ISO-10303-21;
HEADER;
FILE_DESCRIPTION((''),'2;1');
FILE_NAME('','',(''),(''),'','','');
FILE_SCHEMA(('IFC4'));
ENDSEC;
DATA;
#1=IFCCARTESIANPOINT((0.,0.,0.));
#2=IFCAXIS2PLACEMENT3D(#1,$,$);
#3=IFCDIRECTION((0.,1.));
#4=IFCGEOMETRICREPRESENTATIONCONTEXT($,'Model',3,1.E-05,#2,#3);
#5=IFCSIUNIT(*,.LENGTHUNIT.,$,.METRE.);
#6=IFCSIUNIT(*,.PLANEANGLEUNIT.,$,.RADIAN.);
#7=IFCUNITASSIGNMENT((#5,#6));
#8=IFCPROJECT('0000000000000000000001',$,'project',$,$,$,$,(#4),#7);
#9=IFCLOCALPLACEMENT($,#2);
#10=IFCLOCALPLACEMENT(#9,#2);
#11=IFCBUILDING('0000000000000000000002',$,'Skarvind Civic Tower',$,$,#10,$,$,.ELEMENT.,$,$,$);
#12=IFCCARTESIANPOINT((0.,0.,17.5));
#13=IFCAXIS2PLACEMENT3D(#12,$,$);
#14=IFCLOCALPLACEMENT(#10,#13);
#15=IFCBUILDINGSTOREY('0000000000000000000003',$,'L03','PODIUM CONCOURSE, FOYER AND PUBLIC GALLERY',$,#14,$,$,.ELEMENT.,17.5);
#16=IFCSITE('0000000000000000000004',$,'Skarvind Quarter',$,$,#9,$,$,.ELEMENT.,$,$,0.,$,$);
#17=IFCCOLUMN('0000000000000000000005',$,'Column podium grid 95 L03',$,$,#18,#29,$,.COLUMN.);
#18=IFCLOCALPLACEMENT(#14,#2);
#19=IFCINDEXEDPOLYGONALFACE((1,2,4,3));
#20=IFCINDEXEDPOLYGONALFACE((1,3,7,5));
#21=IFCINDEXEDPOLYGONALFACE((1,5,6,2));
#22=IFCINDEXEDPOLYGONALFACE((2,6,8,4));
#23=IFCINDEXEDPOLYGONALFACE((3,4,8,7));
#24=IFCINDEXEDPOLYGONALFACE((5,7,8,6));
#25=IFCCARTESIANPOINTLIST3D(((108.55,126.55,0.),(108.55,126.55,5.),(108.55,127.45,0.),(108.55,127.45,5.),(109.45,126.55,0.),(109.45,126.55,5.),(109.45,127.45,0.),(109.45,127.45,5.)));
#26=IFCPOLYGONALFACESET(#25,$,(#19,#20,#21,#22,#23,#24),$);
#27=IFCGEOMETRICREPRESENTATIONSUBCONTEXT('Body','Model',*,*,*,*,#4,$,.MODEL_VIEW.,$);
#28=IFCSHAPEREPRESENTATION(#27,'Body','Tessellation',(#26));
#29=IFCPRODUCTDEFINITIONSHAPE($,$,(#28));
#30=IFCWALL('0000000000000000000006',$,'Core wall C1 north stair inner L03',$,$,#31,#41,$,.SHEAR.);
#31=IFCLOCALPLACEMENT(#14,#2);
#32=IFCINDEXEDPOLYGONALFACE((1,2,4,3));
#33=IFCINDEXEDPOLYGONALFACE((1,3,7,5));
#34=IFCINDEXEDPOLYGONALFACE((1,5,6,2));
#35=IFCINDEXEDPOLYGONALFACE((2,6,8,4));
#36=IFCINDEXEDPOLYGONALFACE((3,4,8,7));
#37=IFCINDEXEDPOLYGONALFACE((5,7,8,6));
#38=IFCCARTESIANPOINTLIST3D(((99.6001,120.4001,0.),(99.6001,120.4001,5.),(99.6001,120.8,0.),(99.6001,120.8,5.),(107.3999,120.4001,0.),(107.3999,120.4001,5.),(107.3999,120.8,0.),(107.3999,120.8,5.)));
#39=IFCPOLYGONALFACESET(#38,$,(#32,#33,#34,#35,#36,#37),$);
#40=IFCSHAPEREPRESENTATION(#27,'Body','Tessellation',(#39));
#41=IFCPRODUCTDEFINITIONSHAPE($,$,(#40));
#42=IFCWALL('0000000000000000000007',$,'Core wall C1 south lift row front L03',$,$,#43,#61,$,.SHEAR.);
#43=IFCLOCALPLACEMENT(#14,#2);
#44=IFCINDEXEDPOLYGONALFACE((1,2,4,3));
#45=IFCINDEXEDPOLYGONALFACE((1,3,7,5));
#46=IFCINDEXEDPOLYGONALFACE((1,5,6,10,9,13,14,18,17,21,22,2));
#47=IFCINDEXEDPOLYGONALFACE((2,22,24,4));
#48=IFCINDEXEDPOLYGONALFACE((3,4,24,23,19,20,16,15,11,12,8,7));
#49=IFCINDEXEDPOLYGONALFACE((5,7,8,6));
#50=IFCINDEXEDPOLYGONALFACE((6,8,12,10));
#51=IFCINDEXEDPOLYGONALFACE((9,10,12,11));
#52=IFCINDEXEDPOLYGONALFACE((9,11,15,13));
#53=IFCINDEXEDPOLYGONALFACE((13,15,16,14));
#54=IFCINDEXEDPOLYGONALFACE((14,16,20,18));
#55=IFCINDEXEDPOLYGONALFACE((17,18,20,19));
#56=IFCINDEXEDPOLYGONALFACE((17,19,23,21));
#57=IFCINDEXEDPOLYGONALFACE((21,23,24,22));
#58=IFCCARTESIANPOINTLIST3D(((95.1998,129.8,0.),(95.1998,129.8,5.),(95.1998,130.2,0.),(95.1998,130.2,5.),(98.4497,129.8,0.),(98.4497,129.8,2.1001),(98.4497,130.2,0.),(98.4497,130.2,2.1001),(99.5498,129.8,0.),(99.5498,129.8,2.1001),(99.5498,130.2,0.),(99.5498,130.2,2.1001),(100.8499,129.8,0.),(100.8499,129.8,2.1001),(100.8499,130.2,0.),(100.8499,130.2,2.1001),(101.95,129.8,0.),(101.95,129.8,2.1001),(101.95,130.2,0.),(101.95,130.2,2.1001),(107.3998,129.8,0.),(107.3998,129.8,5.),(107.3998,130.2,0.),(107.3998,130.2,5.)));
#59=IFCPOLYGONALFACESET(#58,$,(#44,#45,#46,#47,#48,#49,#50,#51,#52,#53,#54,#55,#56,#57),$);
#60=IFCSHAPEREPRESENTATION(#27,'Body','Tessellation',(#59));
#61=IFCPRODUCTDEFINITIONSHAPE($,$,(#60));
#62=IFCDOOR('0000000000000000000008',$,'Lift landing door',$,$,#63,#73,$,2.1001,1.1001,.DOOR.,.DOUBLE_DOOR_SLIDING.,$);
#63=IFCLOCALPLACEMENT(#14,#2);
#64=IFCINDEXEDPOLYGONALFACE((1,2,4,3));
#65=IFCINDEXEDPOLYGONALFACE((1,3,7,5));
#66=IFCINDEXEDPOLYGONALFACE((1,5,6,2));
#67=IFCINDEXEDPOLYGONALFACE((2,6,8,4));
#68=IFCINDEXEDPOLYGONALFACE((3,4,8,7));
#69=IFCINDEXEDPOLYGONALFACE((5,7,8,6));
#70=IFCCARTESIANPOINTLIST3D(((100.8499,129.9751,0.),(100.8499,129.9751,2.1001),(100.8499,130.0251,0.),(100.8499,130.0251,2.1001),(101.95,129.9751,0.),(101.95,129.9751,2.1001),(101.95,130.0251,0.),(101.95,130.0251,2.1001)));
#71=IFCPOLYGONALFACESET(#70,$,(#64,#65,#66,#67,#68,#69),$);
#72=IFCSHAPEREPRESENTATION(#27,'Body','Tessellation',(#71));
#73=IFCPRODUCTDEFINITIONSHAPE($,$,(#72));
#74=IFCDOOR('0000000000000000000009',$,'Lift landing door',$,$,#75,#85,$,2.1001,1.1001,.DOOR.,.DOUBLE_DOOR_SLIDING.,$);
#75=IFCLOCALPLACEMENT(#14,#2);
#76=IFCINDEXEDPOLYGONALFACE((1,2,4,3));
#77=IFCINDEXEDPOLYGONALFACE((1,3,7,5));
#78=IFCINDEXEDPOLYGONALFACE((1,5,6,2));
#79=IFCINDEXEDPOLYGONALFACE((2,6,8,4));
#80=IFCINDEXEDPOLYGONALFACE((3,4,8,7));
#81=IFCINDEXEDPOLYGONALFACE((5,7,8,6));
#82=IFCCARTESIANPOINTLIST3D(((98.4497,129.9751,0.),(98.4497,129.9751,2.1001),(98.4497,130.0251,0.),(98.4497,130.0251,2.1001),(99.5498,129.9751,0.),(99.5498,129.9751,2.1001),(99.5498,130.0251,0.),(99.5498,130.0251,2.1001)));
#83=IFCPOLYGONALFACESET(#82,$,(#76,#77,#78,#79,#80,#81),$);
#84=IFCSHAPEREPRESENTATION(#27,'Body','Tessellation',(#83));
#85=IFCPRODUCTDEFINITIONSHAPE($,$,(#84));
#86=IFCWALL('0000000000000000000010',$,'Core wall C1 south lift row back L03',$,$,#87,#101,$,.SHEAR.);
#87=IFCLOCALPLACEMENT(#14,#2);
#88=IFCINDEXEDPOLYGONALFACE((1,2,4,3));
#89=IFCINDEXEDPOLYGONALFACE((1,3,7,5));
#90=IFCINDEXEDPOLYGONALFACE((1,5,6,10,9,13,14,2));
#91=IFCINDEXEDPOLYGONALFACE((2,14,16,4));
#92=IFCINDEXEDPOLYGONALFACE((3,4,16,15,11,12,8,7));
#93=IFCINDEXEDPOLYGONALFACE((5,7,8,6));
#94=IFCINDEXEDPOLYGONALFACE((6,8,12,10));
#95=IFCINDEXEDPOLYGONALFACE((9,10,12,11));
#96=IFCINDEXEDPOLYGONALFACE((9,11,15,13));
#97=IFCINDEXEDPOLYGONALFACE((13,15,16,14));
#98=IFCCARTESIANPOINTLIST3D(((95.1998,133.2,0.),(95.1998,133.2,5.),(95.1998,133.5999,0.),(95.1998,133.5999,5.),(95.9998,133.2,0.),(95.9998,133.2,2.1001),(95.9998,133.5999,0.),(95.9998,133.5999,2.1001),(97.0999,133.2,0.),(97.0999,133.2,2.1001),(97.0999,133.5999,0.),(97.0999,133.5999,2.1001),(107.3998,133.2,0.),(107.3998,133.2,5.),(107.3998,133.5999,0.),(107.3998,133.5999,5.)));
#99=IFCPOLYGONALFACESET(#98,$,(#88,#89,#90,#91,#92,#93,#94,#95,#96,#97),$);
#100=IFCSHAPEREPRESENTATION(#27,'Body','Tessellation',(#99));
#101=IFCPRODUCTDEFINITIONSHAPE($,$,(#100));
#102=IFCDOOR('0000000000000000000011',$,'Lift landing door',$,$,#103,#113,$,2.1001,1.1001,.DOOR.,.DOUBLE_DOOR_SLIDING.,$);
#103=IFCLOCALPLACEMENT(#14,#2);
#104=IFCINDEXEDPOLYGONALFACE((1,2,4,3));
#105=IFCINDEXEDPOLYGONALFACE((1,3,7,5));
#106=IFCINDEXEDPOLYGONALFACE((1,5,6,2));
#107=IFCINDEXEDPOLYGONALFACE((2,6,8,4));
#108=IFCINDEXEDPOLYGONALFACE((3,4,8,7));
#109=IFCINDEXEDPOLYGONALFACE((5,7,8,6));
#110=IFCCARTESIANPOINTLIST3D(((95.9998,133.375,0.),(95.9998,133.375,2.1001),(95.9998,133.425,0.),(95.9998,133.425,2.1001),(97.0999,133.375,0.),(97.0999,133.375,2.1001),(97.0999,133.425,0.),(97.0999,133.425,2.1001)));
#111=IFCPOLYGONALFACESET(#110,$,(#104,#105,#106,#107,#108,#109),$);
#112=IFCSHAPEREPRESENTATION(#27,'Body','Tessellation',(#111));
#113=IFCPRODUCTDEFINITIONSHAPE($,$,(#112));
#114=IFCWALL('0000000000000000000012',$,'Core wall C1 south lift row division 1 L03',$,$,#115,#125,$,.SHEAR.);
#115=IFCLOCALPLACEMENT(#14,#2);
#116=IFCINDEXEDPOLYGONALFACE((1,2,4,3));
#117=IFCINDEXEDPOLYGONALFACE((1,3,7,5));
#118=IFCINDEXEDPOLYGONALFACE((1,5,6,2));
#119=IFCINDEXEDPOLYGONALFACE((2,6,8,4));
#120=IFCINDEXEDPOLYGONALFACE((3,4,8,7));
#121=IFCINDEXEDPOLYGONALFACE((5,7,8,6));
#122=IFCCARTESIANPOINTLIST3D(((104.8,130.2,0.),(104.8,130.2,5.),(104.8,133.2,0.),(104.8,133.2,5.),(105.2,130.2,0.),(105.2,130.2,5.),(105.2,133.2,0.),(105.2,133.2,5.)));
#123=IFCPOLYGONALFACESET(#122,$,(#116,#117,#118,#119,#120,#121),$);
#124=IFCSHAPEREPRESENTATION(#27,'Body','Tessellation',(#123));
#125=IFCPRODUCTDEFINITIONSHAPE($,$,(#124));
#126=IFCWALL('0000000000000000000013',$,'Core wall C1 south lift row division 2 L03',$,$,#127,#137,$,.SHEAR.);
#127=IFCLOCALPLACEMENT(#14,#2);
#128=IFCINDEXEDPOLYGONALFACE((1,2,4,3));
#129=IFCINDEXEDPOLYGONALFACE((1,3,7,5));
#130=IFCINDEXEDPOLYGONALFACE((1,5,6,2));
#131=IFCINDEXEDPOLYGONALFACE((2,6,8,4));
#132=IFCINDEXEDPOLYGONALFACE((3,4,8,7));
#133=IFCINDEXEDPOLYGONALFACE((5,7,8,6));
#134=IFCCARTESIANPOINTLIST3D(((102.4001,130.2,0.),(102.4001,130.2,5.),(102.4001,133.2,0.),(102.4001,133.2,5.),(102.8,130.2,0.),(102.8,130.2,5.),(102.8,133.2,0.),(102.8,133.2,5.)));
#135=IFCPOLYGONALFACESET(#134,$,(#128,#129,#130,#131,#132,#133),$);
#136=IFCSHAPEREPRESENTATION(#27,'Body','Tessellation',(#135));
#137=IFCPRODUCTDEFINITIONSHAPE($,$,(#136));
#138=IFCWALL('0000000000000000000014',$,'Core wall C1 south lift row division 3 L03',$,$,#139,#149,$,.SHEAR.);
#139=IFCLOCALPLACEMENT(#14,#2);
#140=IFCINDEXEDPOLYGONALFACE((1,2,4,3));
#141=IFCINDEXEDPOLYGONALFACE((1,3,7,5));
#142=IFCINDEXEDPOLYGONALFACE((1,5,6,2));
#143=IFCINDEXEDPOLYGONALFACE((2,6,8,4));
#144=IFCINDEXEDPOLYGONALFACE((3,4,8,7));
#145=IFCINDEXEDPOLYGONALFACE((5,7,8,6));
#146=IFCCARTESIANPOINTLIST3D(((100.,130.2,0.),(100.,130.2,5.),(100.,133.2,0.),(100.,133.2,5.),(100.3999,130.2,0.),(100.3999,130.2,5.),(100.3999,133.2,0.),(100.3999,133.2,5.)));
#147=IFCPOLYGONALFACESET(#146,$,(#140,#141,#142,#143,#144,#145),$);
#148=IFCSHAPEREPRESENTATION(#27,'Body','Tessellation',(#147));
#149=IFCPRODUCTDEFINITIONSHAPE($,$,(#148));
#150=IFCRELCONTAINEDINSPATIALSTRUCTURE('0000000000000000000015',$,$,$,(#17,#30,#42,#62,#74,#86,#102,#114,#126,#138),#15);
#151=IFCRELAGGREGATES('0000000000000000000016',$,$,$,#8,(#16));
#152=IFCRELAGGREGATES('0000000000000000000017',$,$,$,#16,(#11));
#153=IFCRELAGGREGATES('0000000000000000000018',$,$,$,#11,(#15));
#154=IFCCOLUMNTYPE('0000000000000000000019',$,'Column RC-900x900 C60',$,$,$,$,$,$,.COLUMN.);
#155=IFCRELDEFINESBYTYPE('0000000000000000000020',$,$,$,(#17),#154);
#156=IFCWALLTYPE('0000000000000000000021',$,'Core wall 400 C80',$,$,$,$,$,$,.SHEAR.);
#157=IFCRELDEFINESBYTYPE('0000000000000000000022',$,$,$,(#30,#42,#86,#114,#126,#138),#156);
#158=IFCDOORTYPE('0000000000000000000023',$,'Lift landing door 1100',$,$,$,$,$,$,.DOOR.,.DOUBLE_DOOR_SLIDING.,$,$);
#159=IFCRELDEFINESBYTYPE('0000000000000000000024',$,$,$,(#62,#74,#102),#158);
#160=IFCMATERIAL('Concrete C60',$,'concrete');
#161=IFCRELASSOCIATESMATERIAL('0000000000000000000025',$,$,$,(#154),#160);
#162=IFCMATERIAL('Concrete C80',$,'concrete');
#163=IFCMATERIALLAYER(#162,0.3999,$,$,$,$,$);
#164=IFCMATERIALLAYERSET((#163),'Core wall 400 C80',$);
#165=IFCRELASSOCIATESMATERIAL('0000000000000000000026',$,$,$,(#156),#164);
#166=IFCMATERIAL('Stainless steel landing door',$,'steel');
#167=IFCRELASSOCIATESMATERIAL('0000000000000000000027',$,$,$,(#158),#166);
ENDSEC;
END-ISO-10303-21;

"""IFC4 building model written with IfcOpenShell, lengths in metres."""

from ifc_helpers import new_model, si_unit, direction, frame, frame_2d, origin, origin_2d, place, context, subcontext, project, spatial, rectangle, extrude, material, layer, layer_set, material_profile, profile_set, type_object, element, fill, save


model = new_model("IFC4")

# Units and contexts
model_context = context("Model", 3, precision=1e-05, world=origin(), true_north=direction((0.0, 1.0)))
body_context = subcontext(model_context, "Body", "Model", "MODEL_VIEW")
ifc_project = project(units=[si_unit("LENGTHUNIT", "METRE"), si_unit("PLANEANGLEUNIT", "RADIAN")], contexts=[model_context])

# Site, building, storey
site_placement = place(None, origin())
site = spatial("IfcSite", under=ifc_project, at=site_placement, Name="Skarvind Quarter", CompositionType="ELEMENT", RefElevation=0.0)
building_placement = place(site_placement, origin())
building = spatial("IfcBuilding", under=site, at=building_placement, Name="Skarvind Civic Tower", CompositionType="ELEMENT")
storey_placement = place(building_placement, frame((0.0, 0.0, 17.5)))
storey = spatial("IfcBuildingStorey", under=building, at=storey_placement, Name="L03", Description="PODIUM CONCOURSE, FOYER AND PUBLIC GALLERY", CompositionType="ELEMENT", Elevation=17.5)

# Column
ifc_material_1 = material(Name="Concrete C60", Category="concrete")
ifc_material_profile = material_profile(ifc_material_1, rectangle(XDim=0.8999, YDim=0.8999, at=origin_2d()), Name="RC-900x900")
ifc_profile_set = profile_set([ifc_material_profile], Name="Concrete C60")
column_type = type_object("IfcColumnType", Name="Column RC-900x900 C60", PredefinedType="COLUMN", material=ifc_profile_set)
column_placement = place(storey_placement, frame((109.0, 127.0, 0.0), z_axis=(0.0, 0.0, 1.0), x_axis=(1.0, 0.0, 0.0)))
element("IfcColumn", 1, at=column_placement, inside=storey, type_object=column_type, Name="Column podium grid 95 L03", PredefinedType="COLUMN", context=body_context, shape_type="SweptSolid", body=[
    extrude(rectangle(XDim=0.8999, YDim=0.8999, at=origin_2d()), origin(), (0.0, 0.0, 1.0), 5.0),
])

# Wall
ifc_material_2 = material(Name="Concrete C80", Category="concrete")
ifc_layer_1 = layer(ifc_material_2, 0.3999)
ifc_layer_set_1 = layer_set([ifc_layer_1], Name="Core wall 400 C80")
wall_type_1 = type_object("IfcWallType", Name="Core wall 400 C80", PredefinedType="SHEAR", material=ifc_layer_set_1)
wall_1_placement = place(storey_placement, frame((107.3999, 120.6001, 0.0), z_axis=(0.0, 0.0, 1.0), x_axis=(-1.0, 0.0, 0.0)))
element("IfcWall", 2, at=wall_1_placement, inside=storey, type_object=wall_type_1, Name="Core wall C1 north stair inner L03", PredefinedType="SHEAR", context=body_context, shape_type="SweptSolid", body=[
    extrude(rectangle(XDim=7.7998, YDim=0.3999, at=frame_2d((3.8999, 0.0))), origin(), (0.0, 0.0, 1.0), 5.0),
])

# Wall, openings, doors
wall_2_placement = place(storey_placement, frame((107.3999, 130.0, 0.0), z_axis=(0.0, 0.0, 1.0), x_axis=(-1.0, 0.0, 0.0)))
wall_2 = element("IfcWall", 3, at=wall_2_placement, inside=storey, type_object=wall_type_1, Name="Core wall C1 south lift row front L03", PredefinedType="SHEAR", context=body_context, shape_type="SweptSolid", body=[
    extrude(rectangle(XDim=12.2, YDim=0.3999, at=frame_2d((6.1001, 0.0))), origin(), (0.0, 0.0, 1.0), 5.0),
])
opening_1_placement = place(wall_2_placement, frame((5.45, 0.0, 0.0)))
opening_1 = element("IfcOpeningElement", 4, at=opening_1_placement, cuts=wall_2, PredefinedType="OPENING", context=body_context, shape_type="SweptSolid", body=[
    extrude(rectangle(XDim=1.1001, YDim=2.1001, at=frame_2d((0.55, 1.05))), frame((0.0, 0.21, 0.0), z_axis=(0.0, -1.0, 0.0), x_axis=(1.0, 0.0, 0.0)), (0.0, 0.0, 1.0), 0.4199),
])
opening_2_placement = place(wall_2_placement, frame((7.8501, 0.0, 0.0)))
opening_2 = element("IfcOpeningElement", 5, at=opening_2_placement, cuts=wall_2, PredefinedType="OPENING", context=body_context, shape_type="SweptSolid", body=[
    extrude(rectangle(XDim=1.1001, YDim=2.1001, at=frame_2d((0.55, 1.05))), frame((0.0, 0.21, 0.0), z_axis=(0.0, -1.0, 0.0), x_axis=(1.0, 0.0, 0.0)), (0.0, 0.0, 1.0), 0.4199),
])
ifc_material_3 = material(Name="Stainless steel landing door", Category="steel")
door_type_1 = type_object("IfcDoorType", Name="Lift landing door 1100", OperationType="DOUBLE_DOOR_SLIDING", PredefinedType="DOOR", material=ifc_material_3)
door_1_placement = place(opening_1_placement, origin())
door_1 = element("IfcDoor", 6, at=door_1_placement, inside=storey, type_object=door_type_1, Name="Lift landing door", OperationType="DOUBLE_DOOR_SLIDING", OverallHeight=2.1001, OverallWidth=1.1001, PredefinedType="DOOR", context=body_context, shape_type="SweptSolid", body=[
    extrude(rectangle(XDim=1.1001, YDim=2.1001, at=frame_2d((0.55, 1.05))), frame((0.0, 0.0249, 0.0), z_axis=(0.0, -1.0, 0.0), x_axis=(1.0, 0.0, 0.0)), (0.0, 0.0, 1.0), 0.05),
])
fill(opening_1, door_1)
door_2_placement = place(opening_2_placement, origin())
door_2 = element("IfcDoor", 7, at=door_2_placement, inside=storey, type_object=door_type_1, Name="Lift landing door", OperationType="DOUBLE_DOOR_SLIDING", OverallHeight=2.1001, OverallWidth=1.1001, PredefinedType="DOOR", context=body_context, shape_type="SweptSolid", body=[
    extrude(rectangle(XDim=1.1001, YDim=2.1001, at=frame_2d((0.55, 1.05))), frame((0.0, 0.0249, 0.0), z_axis=(0.0, -1.0, 0.0), x_axis=(1.0, 0.0, 0.0)), (0.0, 0.0, 1.0), 0.05),
])
fill(opening_2, door_2)

# Wall, opening, door
wall_3_placement = place(storey_placement, frame((107.3999, 133.3999, 0.0), z_axis=(0.0, 0.0, 1.0), x_axis=(-1.0, 0.0, 0.0)))
wall_3 = element("IfcWall", 8, at=wall_3_placement, inside=storey, type_object=wall_type_1, Name="Core wall C1 south lift row back L03", PredefinedType="SHEAR", context=body_context, shape_type="SweptSolid", body=[
    extrude(rectangle(XDim=12.2, YDim=0.3999, at=frame_2d((6.1001, 0.0))), origin(), (0.0, 0.0, 1.0), 5.0),
])
opening_3_placement = place(wall_3_placement, frame((10.3, 0.0, 0.0)))
opening_3 = element("IfcOpeningElement", 9, at=opening_3_placement, cuts=wall_3, PredefinedType="OPENING", context=body_context, shape_type="SweptSolid", body=[
    extrude(rectangle(XDim=1.1001, YDim=2.1001, at=frame_2d((0.55, 1.05))), frame((0.0, 0.21, 0.0), z_axis=(0.0, -1.0, 0.0), x_axis=(1.0, 0.0, 0.0)), (0.0, 0.0, 1.0), 0.4199),
])
door_3_placement = place(opening_3_placement, origin())
door_3 = element("IfcDoor", 10, at=door_3_placement, inside=storey, type_object=door_type_1, Name="Lift landing door", OperationType="DOUBLE_DOOR_SLIDING", OverallHeight=2.1001, OverallWidth=1.1001, PredefinedType="DOOR", context=body_context, shape_type="SweptSolid", body=[
    extrude(rectangle(XDim=1.1001, YDim=2.1001, at=frame_2d((0.55, 1.05))), frame((0.0, 0.0249, 0.0), z_axis=(0.0, -1.0, 0.0), x_axis=(1.0, 0.0, 0.0)), (0.0, 0.0, 1.0), 0.05),
])
fill(opening_3, door_3)

# Walls
for number, where, z_axis, x_axis, name in (
    (11, (105.0, 133.2, 0.0), (0.0, 0.0, 1.0), (0.0, -1.0, 0.0), "Core wall C1 south lift row division 1 L03"),
    (12, (102.6001, 133.2, 0.0), (0.0, 0.0, 1.0), (0.0, -1.0, 0.0), "Core wall C1 south lift row division 2 L03"),
    (13, (100.2, 133.2, 0.0), (0.0, 0.0, 1.0), (0.0, -1.0, 0.0), "Core wall C1 south lift row division 3 L03"),
):
    element("IfcWall", number, at=place(storey_placement, frame(where, z_axis=z_axis, x_axis=x_axis)), inside=storey, type_object=wall_type_1, Name=name, PredefinedType="SHEAR", context=body_context, shape_type="SweptSolid", body=[
        extrude(rectangle(XDim=3.0, YDim=0.3999, at=frame_2d((1.5, 0.0))), origin(), (0.0, 0.0, 1.0), 5.0),
    ])

save(model, "model.ifc")
